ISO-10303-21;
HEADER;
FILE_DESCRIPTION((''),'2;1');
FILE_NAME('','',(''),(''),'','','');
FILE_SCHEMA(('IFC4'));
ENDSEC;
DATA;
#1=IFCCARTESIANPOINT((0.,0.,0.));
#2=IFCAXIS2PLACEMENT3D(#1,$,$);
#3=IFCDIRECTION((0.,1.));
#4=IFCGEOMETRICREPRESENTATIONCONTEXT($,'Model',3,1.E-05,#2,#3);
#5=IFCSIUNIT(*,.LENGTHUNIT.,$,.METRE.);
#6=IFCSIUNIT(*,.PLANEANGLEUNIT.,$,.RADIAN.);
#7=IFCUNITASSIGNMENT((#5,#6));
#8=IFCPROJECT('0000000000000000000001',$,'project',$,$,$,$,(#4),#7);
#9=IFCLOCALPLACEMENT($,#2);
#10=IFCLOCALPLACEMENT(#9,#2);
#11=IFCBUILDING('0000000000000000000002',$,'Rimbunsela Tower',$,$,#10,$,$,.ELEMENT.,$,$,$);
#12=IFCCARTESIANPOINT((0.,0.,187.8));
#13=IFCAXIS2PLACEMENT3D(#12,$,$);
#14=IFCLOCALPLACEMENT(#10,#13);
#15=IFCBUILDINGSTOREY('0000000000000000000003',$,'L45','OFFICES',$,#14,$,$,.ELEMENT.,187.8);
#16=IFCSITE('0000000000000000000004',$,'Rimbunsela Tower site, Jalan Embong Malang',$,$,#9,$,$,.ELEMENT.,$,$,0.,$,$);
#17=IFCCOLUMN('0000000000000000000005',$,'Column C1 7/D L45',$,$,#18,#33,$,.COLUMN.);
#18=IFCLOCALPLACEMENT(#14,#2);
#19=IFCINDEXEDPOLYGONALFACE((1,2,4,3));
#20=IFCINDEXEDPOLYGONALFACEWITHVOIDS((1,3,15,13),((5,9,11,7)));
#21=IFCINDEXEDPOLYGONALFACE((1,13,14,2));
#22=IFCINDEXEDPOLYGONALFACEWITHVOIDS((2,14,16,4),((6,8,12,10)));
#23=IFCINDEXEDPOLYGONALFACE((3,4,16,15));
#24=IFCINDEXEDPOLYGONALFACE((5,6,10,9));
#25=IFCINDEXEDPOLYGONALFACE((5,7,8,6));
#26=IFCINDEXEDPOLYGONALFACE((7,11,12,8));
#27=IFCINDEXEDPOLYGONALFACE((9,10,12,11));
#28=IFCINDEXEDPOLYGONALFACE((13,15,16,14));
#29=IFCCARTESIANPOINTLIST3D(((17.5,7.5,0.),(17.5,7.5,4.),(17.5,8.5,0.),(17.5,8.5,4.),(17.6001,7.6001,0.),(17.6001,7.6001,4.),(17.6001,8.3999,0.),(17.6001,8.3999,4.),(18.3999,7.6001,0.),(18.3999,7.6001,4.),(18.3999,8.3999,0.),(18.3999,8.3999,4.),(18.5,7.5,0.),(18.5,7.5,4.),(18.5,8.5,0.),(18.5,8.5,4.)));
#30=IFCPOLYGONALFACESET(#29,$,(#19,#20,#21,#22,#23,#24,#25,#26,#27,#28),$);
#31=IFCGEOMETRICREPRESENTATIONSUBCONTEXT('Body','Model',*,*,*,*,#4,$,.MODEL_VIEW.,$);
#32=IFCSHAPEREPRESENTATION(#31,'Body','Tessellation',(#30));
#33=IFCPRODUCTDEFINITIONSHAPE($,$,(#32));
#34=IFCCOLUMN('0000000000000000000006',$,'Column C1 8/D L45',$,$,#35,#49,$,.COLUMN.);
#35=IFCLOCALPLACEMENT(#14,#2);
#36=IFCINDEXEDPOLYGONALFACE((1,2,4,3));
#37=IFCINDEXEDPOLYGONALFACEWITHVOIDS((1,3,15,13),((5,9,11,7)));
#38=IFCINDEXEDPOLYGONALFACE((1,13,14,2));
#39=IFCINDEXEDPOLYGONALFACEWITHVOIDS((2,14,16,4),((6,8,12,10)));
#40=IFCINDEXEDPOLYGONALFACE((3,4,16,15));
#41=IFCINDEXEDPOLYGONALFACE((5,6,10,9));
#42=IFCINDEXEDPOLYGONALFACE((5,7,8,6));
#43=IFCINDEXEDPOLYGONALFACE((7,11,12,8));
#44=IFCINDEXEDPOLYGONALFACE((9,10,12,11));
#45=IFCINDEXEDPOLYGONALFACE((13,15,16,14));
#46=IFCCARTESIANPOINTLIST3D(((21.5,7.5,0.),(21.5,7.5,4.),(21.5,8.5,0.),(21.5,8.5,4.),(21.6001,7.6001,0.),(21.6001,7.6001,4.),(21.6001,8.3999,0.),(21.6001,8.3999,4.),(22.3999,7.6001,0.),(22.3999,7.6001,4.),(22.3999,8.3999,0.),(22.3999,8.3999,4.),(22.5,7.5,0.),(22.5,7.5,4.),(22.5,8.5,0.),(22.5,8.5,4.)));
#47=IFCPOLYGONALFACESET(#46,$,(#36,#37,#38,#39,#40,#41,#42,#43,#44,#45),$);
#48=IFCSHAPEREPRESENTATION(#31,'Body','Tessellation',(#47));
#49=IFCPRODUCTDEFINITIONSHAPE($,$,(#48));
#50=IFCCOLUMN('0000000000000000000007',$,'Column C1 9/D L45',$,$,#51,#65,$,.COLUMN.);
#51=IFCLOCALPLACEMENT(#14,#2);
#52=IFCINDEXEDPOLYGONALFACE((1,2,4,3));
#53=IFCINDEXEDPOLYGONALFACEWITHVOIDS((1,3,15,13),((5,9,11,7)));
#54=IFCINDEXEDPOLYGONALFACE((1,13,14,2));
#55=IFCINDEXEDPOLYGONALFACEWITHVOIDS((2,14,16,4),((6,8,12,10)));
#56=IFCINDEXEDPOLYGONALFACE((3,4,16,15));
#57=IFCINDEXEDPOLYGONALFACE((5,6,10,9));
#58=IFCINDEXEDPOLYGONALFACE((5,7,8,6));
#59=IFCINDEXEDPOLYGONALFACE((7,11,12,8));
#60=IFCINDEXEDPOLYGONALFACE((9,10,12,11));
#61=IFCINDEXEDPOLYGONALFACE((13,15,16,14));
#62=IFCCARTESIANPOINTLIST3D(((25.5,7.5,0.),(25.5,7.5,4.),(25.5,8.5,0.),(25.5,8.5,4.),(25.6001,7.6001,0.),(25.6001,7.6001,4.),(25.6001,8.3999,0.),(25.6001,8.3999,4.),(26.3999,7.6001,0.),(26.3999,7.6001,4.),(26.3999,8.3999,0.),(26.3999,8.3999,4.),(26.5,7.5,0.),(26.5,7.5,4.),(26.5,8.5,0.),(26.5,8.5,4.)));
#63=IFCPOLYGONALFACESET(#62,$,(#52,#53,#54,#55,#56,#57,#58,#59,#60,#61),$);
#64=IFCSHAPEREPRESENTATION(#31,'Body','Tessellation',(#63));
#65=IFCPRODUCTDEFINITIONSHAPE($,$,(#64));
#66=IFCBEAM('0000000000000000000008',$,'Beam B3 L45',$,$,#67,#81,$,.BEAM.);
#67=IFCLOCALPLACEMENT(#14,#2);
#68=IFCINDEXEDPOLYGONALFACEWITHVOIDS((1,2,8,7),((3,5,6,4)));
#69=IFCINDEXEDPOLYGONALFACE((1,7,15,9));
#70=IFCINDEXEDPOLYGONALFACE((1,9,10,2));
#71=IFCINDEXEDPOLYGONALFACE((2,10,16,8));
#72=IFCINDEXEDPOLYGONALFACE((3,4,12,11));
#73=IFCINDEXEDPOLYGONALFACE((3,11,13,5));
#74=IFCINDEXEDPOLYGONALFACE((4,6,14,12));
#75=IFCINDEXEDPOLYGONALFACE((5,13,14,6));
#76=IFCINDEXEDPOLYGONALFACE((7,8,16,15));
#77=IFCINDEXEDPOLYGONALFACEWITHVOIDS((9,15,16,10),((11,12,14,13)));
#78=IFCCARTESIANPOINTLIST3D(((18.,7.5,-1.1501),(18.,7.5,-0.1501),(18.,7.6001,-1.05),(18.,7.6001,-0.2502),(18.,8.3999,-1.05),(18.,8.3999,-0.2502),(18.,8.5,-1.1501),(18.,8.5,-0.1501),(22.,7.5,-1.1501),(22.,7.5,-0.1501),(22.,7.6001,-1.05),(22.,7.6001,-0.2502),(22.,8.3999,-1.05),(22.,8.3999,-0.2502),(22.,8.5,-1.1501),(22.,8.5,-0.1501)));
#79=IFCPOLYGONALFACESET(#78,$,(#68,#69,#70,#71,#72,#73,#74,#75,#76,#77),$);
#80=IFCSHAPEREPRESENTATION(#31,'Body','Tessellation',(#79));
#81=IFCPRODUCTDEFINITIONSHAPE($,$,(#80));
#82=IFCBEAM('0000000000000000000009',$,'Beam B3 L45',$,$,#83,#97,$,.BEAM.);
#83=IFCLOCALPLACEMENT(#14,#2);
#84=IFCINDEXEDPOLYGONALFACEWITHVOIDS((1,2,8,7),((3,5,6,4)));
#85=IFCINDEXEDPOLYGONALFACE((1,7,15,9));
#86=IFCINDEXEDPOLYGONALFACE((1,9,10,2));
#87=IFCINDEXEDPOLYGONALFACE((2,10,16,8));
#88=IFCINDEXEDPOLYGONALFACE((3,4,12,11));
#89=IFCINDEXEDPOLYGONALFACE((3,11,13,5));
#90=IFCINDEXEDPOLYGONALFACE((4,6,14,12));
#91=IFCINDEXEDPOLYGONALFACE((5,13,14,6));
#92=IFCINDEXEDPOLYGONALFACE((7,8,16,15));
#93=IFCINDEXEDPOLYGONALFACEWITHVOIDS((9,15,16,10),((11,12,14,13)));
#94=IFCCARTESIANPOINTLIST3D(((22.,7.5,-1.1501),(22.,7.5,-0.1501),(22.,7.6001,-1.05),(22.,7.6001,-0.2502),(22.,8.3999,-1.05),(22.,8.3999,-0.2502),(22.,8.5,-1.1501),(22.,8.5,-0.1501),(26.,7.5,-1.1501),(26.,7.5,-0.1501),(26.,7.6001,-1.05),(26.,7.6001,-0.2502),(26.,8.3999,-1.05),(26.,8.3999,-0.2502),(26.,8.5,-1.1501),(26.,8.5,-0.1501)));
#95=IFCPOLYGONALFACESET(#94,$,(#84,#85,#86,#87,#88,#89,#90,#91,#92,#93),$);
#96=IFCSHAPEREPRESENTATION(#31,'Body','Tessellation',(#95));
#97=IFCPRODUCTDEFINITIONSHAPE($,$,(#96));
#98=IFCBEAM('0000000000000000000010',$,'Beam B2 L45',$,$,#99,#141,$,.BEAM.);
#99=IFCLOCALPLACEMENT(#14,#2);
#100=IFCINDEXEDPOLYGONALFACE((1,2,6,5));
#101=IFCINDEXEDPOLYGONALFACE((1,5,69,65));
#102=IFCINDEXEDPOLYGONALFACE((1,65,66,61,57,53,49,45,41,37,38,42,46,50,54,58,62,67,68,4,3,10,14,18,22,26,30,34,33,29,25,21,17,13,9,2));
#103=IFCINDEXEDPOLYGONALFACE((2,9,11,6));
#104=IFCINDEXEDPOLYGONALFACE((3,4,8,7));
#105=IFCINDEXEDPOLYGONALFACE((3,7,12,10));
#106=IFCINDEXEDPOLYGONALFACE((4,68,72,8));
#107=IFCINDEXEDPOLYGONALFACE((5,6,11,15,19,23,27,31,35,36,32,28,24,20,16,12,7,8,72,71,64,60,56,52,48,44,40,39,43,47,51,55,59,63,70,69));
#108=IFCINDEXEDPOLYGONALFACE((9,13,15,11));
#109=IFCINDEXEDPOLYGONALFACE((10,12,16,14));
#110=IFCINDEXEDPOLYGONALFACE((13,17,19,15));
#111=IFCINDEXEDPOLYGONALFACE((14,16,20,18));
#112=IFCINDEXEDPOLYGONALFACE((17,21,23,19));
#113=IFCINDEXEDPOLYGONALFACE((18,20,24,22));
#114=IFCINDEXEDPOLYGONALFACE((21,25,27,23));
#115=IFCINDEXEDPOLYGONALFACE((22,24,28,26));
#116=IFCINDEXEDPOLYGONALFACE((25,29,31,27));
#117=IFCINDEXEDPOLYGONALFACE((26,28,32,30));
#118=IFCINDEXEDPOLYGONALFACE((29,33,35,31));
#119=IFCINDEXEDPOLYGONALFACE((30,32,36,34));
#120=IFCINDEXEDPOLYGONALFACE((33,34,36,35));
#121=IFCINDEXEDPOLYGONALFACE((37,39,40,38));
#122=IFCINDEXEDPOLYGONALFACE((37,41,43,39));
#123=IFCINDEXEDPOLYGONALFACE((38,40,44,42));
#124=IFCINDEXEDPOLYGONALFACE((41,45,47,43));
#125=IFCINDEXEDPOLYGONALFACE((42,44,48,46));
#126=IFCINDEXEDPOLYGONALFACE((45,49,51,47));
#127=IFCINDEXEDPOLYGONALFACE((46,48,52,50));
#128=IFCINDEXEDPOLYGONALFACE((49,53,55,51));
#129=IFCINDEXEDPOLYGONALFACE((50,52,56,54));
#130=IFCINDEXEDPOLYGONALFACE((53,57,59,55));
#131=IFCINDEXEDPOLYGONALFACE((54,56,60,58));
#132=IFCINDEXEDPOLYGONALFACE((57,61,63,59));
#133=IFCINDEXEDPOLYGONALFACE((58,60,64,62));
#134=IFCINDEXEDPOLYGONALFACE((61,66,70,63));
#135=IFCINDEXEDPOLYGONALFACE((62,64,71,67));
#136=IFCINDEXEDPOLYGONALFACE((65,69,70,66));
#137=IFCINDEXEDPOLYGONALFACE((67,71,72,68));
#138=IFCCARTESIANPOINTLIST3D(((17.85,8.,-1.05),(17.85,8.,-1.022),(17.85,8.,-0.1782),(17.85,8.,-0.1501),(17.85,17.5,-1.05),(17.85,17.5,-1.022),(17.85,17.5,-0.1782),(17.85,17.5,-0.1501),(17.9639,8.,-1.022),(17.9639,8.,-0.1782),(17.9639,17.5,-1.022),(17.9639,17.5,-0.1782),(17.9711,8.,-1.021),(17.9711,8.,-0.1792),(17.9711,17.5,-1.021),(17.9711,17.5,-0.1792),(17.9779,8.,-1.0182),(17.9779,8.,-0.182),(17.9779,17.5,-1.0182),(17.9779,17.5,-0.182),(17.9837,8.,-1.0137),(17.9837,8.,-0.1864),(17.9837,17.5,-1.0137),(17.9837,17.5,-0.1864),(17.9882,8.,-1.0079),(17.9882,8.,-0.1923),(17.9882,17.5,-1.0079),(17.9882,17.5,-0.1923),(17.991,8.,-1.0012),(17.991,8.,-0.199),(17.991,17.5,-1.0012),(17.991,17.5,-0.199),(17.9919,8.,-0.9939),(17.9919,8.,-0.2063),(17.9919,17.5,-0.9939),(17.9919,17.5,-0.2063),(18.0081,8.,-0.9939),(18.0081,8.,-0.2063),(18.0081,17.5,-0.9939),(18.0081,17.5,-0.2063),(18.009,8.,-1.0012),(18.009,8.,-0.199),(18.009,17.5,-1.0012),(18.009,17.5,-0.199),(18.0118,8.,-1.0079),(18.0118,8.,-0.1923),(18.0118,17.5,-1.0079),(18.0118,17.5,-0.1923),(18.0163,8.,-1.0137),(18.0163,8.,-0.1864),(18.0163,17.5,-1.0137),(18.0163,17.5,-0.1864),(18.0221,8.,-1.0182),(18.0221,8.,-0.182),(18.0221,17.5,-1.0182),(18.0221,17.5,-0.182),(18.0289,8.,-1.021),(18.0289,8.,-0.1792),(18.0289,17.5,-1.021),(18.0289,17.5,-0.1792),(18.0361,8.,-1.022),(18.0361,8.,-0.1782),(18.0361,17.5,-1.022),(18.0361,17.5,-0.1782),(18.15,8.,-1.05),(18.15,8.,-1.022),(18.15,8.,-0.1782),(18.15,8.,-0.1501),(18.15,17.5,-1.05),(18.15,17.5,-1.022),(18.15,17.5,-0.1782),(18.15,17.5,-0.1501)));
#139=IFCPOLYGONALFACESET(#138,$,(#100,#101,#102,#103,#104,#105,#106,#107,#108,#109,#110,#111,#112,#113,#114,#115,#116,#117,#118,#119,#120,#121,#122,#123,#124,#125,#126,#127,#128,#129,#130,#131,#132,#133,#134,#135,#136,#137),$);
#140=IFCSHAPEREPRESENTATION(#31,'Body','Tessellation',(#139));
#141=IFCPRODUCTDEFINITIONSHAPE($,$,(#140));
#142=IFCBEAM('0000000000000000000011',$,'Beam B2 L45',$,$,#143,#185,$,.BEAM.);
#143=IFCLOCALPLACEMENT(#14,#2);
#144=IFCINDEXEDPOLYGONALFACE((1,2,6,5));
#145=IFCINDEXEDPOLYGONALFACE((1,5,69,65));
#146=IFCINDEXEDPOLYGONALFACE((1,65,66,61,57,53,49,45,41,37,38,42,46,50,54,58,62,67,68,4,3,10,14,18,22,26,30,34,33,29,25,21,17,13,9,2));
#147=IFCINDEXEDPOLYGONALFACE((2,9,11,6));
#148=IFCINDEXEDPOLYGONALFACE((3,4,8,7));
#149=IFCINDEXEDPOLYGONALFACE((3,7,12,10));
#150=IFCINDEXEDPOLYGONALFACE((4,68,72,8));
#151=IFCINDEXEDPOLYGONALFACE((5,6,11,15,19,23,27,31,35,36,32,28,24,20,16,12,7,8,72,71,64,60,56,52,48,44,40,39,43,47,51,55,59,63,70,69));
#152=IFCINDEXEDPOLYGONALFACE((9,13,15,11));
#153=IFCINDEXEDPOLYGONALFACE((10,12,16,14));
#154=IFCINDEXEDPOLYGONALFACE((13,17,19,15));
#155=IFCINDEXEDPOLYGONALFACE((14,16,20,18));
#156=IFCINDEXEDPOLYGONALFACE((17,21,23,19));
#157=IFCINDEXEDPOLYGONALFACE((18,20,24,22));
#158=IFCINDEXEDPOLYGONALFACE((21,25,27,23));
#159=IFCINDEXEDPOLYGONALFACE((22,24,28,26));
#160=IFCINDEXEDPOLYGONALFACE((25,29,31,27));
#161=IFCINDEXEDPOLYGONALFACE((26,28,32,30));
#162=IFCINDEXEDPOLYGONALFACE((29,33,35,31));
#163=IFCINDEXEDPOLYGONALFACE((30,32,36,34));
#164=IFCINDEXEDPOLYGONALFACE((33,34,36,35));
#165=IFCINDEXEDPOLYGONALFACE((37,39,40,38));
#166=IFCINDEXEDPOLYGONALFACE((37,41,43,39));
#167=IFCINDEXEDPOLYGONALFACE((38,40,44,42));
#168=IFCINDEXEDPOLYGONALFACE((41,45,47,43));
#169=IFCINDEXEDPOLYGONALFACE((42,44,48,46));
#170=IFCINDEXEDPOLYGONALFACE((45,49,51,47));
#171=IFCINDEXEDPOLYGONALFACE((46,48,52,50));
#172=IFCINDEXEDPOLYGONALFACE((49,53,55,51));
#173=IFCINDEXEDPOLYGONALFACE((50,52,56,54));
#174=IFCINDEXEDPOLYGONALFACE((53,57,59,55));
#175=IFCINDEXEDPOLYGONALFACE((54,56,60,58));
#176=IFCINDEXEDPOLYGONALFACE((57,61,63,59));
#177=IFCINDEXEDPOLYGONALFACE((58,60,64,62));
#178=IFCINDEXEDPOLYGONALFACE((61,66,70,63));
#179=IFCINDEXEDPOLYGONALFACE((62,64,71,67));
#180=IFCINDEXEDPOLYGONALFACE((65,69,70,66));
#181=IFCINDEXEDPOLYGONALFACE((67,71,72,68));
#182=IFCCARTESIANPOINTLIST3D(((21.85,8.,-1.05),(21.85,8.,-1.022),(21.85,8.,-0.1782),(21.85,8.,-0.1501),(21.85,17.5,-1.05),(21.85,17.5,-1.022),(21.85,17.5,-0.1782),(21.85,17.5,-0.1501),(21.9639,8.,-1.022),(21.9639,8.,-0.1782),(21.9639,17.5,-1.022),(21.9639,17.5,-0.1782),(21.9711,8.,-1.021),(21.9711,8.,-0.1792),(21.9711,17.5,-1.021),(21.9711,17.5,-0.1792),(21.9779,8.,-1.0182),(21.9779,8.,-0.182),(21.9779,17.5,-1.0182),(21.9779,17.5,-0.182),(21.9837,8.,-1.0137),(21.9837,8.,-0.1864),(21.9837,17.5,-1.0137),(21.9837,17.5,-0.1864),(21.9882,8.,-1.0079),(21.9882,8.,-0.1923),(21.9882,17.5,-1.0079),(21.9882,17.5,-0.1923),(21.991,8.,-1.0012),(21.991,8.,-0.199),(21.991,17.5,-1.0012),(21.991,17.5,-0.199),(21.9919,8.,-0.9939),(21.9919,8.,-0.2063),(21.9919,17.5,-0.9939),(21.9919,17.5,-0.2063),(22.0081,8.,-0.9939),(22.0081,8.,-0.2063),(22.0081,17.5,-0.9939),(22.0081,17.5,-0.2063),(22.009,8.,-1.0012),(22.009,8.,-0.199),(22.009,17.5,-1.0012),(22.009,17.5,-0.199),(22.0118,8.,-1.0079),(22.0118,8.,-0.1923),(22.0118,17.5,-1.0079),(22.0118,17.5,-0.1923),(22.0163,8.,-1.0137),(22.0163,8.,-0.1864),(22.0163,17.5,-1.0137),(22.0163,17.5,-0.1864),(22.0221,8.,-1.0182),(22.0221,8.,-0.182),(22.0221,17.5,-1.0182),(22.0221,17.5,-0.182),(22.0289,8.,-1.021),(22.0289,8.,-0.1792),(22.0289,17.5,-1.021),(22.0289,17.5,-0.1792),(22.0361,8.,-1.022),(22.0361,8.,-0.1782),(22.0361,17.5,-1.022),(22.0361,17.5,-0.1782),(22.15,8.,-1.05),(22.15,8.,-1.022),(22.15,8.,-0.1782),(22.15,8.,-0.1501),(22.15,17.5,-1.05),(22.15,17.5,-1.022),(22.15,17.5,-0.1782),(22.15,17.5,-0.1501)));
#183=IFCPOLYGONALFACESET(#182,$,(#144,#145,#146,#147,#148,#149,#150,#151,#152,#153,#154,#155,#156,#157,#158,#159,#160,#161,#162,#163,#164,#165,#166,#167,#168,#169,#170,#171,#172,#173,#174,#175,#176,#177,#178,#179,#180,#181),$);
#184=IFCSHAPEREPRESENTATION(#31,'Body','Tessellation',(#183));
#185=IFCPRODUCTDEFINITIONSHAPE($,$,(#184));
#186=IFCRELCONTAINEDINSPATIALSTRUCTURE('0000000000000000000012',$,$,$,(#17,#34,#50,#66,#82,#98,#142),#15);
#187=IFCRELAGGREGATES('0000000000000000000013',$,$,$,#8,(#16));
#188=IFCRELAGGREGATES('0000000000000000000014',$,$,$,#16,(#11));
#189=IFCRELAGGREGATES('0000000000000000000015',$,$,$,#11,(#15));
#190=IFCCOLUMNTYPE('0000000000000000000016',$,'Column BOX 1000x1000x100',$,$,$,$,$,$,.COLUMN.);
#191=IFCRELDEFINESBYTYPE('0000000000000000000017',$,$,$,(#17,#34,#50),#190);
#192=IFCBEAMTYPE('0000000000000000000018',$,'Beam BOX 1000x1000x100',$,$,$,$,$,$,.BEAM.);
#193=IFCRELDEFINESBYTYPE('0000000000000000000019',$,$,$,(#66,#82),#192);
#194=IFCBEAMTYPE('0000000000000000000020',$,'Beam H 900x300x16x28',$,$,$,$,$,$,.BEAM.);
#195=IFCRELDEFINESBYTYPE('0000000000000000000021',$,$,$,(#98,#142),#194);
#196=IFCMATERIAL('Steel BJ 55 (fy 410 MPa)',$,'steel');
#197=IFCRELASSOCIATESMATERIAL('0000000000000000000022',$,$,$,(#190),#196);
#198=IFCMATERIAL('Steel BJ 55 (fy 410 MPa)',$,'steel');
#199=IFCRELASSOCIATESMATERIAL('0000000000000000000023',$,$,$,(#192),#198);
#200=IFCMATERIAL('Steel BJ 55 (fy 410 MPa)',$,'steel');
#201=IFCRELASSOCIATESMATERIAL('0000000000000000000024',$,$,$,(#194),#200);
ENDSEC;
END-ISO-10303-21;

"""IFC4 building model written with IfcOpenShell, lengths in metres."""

from ifc_helpers import new_model, si_unit, direction, frame, origin, origin_2d, place, context, subcontext, project, spatial, hollow_rectangle, i_section, extrude, material, material_profile, profile_set, type_object, element, save


model = new_model("IFC4")

# Units and contexts
model_context = context("Model", 3, precision=1e-05, world=origin(), true_north=direction((0.0, 1.0)))
body_context = subcontext(model_context, "Body", "Model", "MODEL_VIEW")
ifc_project = project(units=[si_unit("LENGTHUNIT", "METRE"), si_unit("PLANEANGLEUNIT", "RADIAN")], contexts=[model_context])

# Site, building, storey
site_placement = place(None, origin())
site = spatial("IfcSite", under=ifc_project, at=site_placement, Name="Rimbunsela Tower site, Jalan Embong Malang", CompositionType="ELEMENT", RefElevation=0.0)
building_placement = place(site_placement, origin())
building = spatial("IfcBuilding", under=site, at=building_placement, Name="Rimbunsela Tower", CompositionType="ELEMENT")
storey_placement = place(building_placement, frame((0.0, 0.0, 187.8)))
storey = spatial("IfcBuildingStorey", under=building, at=storey_placement, Name="L45", Description="OFFICES", CompositionType="ELEMENT", Elevation=187.8)

# Columns
ifc_material_1 = material(Name="Steel BJ 55 (fy 410 MPa)", Category="steel")
ifc_material_profile_1 = material_profile(ifc_material_1, hollow_rectangle(XDim=1.0, YDim=1.0, WallThickness=0.1001, at=origin_2d()), Name="BOX 1000x1000x100")
ifc_profile_set_1 = profile_set([ifc_material_profile_1], Name="Steel BJ 55 (fy 410 MPa)")
column_type = type_object("IfcColumnType", Name="Column BOX 1000x1000x100", PredefinedType="COLUMN", material=ifc_profile_set_1)
for number, where, z_axis, x_axis, name in (
    (1, (18.0, 8.0, 0.0), (0.0, 0.0, 1.0), (1.0, 0.0, 0.0), "Column C1 7/D L45"),
    (2, (22.0, 8.0, 0.0), (0.0, 0.0, 1.0), (1.0, 0.0, 0.0), "Column C1 8/D L45"),
    (3, (26.0, 8.0, 0.0), (0.0, 0.0, 1.0), (1.0, 0.0, 0.0), "Column C1 9/D L45"),
):
    element("IfcColumn", number, at=place(storey_placement, frame(where, z_axis=z_axis, x_axis=x_axis)), inside=storey, type_object=column_type, Name=name, PredefinedType="COLUMN", context=body_context, shape_type="SweptSolid", body=[
        extrude(hollow_rectangle(XDim=1.0, YDim=1.0, WallThickness=0.1001, at=origin_2d()), origin(), (0.0, 0.0, 1.0), 4.0),
    ])

# Beams
ifc_material_2 = material(Name="Steel BJ 55 (fy 410 MPa)", Category="steel")
ifc_material_profile_2 = material_profile(ifc_material_2, hollow_rectangle(XDim=1.0, YDim=1.0, WallThickness=0.1001, at=origin_2d()), Name="BOX 1000x1000x100")
ifc_profile_set_2 = profile_set([ifc_material_profile_2], Name="Steel BJ 55 (fy 410 MPa)")
beam_type_1 = type_object("IfcBeamType", Name="Beam BOX 1000x1000x100", PredefinedType="BEAM", material=ifc_profile_set_2)
for number, where, z_axis, x_axis, name in (
    (4, (18.0, 8.0, -0.6501), (1.0, 0.0, 0.0), (0.0, 1.0, 0.0), "Beam B3 L45"),
    (5, (22.0, 8.0, -0.6501), (1.0, 0.0, 0.0), (0.0, 1.0, 0.0), "Beam B3 L45"),
):
    element("IfcBeam", number, at=place(storey_placement, frame(where, z_axis=z_axis, x_axis=x_axis)), inside=storey, type_object=beam_type_1, Name=name, PredefinedType="BEAM", context=body_context, shape_type="SweptSolid", body=[
        extrude(hollow_rectangle(XDim=1.0, YDim=1.0, WallThickness=0.1001, at=origin_2d()), origin(), (0.0, 0.0, 1.0), 4.0),
    ])
ifc_material_3 = material(Name="Steel BJ 55 (fy 410 MPa)", Category="steel")
ifc_material_profile_3 = material_profile(ifc_material_3, i_section(OverallWidth=0.3, OverallDepth=0.8999, WebThickness=0.0161, FlangeThickness=0.0281, FilletRadius=0.0281, at=origin_2d()), Name="H 900x300x16x28")
ifc_profile_set_3 = profile_set([ifc_material_profile_3], Name="Steel BJ 55 (fy 410 MPa)")
beam_type_2 = type_object("IfcBeamType", Name="Beam H 900x300x16x28", PredefinedType="BEAM", material=ifc_profile_set_3)
for number, where, z_axis, x_axis, name in (
    (6, (18.0, 8.0, -0.6001), (0.0, 1.0, 0.0), (-1.0, 0.0, 0.0), "Beam B2 L45"),
    (7, (22.0, 8.0, -0.6001), (0.0, 1.0, 0.0), (-1.0, 0.0, 0.0), "Beam B2 L45"),
):
    element("IfcBeam", number, at=place(storey_placement, frame(where, z_axis=z_axis, x_axis=x_axis)), inside=storey, type_object=beam_type_2, Name=name, PredefinedType="BEAM", context=body_context, shape_type="SweptSolid", body=[
        extrude(i_section(OverallWidth=0.3, OverallDepth=0.8999, WebThickness=0.0161, FlangeThickness=0.0281, FilletRadius=0.0281, at=origin_2d()), origin(), (0.0, 0.0, 1.0), 9.5),
    ])

save(model, "model.ifc")
